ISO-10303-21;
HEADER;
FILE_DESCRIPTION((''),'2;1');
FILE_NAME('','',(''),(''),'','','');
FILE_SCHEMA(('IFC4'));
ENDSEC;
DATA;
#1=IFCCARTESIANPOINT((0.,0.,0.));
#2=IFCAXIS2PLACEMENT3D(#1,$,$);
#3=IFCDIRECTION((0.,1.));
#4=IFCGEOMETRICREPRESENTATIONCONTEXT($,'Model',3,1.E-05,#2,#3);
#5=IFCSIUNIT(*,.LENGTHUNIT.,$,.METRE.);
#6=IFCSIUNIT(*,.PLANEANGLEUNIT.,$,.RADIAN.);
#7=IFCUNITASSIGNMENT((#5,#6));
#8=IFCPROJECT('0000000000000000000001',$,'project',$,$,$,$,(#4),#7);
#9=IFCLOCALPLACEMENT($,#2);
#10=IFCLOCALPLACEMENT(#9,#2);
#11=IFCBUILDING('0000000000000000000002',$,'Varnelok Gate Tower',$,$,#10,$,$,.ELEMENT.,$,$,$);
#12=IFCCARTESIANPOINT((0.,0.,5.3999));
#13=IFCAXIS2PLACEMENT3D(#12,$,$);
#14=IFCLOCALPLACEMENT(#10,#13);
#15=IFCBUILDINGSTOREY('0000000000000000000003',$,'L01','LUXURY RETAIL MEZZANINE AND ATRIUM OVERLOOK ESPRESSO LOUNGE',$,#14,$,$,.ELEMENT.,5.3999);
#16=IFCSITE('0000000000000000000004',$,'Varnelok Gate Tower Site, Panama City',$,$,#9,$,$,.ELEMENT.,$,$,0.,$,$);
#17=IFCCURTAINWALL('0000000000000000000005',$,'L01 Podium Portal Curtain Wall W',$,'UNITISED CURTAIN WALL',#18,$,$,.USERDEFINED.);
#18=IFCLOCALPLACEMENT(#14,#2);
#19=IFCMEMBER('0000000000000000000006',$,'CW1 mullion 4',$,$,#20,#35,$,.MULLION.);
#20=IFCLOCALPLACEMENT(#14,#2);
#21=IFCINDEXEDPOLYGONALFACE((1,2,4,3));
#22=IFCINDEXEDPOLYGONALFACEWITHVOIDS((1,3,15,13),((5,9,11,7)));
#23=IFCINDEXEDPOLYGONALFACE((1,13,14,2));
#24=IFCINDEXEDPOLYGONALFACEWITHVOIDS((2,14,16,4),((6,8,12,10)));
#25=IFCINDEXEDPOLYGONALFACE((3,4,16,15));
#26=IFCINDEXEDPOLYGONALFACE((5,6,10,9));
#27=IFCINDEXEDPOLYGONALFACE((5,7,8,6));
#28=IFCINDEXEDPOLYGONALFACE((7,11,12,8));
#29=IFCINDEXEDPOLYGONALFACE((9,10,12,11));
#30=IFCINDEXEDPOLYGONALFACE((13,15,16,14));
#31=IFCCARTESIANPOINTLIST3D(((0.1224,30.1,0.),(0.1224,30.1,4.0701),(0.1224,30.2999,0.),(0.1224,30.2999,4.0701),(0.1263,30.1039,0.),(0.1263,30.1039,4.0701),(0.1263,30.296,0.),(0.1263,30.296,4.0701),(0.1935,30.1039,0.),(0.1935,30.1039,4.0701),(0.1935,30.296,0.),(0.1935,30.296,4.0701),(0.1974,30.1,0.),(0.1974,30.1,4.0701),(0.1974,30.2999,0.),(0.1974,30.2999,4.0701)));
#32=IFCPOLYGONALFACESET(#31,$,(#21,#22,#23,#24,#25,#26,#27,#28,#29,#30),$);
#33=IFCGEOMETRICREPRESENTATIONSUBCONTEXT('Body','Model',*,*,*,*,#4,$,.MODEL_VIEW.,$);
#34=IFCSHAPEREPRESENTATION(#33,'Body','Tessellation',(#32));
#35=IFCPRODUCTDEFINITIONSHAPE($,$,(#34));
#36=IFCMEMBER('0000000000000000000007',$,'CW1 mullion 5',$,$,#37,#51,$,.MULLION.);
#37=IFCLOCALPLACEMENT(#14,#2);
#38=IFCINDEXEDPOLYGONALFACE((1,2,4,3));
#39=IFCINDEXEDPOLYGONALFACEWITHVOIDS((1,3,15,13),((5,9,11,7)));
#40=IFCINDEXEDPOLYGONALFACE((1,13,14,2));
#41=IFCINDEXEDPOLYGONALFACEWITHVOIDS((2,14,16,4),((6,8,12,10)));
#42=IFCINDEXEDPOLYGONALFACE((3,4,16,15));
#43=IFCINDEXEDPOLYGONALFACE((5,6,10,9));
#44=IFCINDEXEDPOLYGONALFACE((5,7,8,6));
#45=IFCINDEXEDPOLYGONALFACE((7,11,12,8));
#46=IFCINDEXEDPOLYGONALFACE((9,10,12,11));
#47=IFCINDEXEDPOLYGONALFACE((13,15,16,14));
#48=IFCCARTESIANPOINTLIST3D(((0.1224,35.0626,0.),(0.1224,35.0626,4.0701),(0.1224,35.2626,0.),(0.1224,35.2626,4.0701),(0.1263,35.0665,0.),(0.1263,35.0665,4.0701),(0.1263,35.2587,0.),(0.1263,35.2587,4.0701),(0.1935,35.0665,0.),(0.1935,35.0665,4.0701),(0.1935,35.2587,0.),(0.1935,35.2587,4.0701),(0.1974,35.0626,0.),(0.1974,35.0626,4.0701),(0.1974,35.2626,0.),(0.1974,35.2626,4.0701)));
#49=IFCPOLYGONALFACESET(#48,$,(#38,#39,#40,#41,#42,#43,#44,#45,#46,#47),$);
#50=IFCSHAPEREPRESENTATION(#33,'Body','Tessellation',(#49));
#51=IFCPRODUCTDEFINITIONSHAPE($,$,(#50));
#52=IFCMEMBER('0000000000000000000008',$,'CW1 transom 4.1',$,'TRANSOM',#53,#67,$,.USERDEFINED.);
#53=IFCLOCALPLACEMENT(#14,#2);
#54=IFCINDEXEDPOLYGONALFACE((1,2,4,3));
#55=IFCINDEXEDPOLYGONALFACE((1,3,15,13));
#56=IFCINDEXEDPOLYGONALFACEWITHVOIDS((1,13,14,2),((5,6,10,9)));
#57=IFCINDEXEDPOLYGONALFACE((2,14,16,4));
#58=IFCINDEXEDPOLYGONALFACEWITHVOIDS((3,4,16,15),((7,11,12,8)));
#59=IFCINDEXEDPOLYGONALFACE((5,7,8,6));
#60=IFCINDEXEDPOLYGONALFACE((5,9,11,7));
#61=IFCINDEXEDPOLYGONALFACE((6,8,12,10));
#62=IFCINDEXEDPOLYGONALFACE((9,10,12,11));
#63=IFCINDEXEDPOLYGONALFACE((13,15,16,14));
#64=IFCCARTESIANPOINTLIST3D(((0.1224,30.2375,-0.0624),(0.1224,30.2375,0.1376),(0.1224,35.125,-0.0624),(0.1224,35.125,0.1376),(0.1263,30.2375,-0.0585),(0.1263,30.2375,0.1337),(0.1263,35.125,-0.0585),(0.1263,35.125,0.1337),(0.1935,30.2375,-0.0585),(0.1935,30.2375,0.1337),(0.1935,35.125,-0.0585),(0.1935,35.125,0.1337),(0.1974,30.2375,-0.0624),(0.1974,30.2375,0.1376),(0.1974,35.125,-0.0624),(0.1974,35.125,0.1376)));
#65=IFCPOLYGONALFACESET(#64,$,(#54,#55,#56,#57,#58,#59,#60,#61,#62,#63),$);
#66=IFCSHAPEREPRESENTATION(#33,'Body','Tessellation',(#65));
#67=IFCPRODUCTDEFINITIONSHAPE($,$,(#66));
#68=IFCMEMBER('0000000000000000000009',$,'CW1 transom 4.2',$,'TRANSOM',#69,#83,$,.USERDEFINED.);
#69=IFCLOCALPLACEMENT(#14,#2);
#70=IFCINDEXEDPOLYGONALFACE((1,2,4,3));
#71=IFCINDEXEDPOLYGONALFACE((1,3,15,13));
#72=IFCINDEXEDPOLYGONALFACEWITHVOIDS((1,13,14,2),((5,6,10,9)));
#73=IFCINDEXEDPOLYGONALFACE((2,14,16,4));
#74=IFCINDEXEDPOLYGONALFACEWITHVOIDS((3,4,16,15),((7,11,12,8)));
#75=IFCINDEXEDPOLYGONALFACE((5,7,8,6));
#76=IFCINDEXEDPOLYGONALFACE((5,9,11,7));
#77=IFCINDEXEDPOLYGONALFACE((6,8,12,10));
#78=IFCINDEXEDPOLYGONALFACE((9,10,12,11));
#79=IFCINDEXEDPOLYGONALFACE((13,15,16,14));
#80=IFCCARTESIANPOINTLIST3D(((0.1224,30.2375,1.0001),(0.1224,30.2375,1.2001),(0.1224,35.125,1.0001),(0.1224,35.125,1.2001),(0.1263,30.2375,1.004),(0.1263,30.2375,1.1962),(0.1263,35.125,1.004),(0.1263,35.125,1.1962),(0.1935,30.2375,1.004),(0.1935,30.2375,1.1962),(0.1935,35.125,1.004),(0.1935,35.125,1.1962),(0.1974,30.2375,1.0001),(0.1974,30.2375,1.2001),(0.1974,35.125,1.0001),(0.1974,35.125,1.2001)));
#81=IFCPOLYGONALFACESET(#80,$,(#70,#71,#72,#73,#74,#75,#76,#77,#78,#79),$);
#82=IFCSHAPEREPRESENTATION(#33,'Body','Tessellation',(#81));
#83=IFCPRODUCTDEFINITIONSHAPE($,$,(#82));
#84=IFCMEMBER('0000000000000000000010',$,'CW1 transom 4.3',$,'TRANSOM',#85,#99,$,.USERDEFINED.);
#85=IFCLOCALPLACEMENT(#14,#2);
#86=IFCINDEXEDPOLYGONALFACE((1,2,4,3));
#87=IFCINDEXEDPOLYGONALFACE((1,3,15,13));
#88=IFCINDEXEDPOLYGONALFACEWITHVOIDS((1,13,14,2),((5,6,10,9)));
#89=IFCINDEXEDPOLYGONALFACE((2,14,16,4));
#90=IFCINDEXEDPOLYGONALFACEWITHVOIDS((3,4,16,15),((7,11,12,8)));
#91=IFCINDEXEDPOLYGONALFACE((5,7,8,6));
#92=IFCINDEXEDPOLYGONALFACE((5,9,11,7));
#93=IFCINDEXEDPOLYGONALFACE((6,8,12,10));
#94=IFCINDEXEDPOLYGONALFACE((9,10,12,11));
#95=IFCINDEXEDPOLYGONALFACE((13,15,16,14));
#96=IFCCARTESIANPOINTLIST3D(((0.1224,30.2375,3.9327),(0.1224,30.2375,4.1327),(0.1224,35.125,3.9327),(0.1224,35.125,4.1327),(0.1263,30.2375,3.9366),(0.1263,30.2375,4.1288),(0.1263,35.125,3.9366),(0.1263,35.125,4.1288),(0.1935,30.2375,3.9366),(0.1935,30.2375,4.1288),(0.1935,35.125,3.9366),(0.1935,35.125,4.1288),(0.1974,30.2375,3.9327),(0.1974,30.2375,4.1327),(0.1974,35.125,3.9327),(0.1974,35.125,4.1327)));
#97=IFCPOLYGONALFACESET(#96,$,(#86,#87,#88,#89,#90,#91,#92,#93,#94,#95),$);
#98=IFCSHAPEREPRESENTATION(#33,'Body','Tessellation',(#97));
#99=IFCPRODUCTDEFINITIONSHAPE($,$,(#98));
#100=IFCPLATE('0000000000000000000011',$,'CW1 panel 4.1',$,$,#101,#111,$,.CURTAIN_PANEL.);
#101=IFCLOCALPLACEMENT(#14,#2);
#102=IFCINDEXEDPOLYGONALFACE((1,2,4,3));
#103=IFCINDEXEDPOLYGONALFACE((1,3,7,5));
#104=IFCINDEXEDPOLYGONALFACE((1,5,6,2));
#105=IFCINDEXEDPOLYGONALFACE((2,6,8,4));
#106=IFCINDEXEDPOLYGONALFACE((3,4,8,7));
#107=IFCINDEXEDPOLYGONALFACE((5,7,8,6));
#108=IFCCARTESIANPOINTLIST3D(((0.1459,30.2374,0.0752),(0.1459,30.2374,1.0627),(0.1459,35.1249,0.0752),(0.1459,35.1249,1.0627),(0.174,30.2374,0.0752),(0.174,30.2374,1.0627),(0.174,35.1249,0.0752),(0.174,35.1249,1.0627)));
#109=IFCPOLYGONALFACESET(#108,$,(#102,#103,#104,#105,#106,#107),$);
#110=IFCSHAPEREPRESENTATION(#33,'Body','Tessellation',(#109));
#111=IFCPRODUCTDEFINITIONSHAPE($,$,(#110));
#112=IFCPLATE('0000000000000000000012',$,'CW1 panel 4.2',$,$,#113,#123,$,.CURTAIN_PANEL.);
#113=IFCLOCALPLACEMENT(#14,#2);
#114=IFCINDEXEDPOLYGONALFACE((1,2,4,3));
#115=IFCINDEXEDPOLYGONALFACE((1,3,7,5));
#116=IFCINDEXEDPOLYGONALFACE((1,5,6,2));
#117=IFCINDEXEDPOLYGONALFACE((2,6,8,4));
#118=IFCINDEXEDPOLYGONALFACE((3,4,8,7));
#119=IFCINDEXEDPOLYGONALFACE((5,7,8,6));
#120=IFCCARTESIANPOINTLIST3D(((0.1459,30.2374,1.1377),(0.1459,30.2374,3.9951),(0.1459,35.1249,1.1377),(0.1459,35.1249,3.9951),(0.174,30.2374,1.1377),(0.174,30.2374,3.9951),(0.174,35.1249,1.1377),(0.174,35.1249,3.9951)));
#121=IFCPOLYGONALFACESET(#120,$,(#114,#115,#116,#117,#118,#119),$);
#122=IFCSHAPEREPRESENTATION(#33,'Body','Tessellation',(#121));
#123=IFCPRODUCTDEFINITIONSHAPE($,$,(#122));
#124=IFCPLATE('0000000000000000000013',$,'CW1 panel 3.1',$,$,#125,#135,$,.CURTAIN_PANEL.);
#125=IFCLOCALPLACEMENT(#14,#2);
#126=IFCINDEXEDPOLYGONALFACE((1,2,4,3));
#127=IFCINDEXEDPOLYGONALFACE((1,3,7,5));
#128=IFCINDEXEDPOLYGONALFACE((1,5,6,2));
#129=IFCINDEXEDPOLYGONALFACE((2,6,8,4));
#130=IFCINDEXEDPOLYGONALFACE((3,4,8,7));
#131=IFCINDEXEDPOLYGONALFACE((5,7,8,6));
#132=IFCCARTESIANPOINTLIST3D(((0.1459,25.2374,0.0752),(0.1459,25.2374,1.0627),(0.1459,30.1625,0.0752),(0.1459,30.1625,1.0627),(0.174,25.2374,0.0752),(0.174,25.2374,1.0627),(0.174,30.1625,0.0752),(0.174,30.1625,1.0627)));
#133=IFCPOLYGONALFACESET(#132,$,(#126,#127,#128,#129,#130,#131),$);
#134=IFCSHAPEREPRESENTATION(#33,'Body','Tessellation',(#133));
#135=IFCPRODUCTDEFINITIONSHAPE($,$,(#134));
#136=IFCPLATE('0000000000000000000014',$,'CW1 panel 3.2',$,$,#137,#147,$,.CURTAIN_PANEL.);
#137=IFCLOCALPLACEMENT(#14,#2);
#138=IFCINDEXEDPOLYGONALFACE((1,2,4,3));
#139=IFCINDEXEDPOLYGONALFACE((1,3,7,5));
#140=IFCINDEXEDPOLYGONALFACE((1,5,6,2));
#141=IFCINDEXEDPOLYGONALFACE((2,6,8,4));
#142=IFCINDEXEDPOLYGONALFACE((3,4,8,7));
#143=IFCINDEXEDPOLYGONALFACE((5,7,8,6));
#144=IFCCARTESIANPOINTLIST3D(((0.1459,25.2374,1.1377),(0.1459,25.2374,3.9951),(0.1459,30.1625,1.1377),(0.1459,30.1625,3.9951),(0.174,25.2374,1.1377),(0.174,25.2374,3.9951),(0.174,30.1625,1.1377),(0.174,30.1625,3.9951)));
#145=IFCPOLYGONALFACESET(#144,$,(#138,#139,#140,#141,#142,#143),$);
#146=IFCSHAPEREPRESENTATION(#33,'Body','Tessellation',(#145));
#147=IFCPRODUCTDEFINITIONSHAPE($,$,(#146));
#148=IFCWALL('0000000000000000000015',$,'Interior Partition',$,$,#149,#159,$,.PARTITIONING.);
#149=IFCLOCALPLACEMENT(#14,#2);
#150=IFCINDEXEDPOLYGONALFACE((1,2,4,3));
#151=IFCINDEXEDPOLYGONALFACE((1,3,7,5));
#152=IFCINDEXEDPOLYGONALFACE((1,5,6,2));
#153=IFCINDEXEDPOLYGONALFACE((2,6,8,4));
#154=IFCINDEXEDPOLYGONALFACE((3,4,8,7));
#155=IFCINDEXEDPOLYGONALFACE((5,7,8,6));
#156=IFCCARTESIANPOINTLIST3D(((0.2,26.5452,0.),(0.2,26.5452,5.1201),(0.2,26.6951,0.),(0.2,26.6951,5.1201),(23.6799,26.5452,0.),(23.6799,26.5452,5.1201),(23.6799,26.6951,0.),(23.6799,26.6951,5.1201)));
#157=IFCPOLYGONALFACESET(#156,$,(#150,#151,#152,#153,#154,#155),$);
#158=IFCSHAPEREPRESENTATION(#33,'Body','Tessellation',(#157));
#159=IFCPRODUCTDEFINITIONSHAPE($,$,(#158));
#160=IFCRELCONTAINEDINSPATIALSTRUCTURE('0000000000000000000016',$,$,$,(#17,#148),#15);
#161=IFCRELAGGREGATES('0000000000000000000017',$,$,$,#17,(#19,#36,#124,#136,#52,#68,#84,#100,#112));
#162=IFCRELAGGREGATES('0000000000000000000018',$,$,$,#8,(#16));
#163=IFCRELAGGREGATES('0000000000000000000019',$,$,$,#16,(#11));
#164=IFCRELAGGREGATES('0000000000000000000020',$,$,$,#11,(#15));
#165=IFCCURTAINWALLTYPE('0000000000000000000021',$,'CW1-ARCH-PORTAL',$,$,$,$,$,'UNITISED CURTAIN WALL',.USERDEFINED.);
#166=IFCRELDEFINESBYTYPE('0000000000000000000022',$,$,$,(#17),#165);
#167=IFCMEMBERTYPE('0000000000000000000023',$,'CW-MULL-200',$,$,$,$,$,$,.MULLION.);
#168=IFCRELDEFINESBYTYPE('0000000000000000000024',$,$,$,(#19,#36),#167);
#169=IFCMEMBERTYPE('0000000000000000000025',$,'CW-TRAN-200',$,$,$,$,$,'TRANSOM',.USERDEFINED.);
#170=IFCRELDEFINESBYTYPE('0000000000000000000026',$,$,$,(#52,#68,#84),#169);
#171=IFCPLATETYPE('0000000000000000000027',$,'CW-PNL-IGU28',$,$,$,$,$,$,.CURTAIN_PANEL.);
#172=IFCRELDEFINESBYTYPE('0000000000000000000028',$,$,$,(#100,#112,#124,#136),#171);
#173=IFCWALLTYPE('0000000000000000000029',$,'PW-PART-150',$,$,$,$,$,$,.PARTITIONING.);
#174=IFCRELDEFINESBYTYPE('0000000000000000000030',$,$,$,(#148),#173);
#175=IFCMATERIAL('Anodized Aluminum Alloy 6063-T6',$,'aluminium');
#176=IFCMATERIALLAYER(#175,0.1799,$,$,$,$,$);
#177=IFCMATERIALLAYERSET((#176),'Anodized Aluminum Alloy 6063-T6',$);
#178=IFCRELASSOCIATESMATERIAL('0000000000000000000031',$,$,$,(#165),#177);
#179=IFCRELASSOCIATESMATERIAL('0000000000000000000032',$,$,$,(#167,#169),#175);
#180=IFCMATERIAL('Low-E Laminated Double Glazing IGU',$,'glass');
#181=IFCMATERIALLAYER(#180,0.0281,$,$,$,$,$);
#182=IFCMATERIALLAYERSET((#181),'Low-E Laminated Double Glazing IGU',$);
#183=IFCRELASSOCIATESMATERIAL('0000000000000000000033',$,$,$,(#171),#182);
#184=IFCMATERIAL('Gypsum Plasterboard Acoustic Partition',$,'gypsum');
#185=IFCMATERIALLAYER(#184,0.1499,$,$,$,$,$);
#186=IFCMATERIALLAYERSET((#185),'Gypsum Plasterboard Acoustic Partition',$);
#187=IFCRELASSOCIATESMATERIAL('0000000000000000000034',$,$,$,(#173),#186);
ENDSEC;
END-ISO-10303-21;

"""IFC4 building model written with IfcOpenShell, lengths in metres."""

from ifc_helpers import new_model, si_unit, direction, frame, frame_2d, origin, origin_2d, place, context, subcontext, project, spatial, rectangle, hollow_rectangle, extrude, source, transform, mapped, material, layer, layer_set, material_profile, profile_set, type_object, element, aggregate, save


model = new_model("IFC4")

# Units and contexts
model_context = context("Model", 3, precision=1e-05, world=origin(), true_north=direction((0.0, 1.0)))
body_context = subcontext(model_context, "Body", "Model", "MODEL_VIEW")
ifc_project = project(units=[si_unit("LENGTHUNIT", "METRE"), si_unit("PLANEANGLEUNIT", "RADIAN")], contexts=[model_context])

# Site, building, storey
site_placement = place(None, origin())
site = spatial("IfcSite", under=ifc_project, at=site_placement, Name="Varnelok Gate Tower Site, Panama City", CompositionType="ELEMENT", RefElevation=0.0)
building_placement = place(site_placement, origin())
building = spatial("IfcBuilding", under=site, at=building_placement, Name="Varnelok Gate Tower", CompositionType="ELEMENT")
storey_placement = place(building_placement, frame((0.0, 0.0, 5.3999)))
storey = spatial("IfcBuildingStorey", under=building, at=storey_placement, Name="L01", Description="LUXURY RETAIL MEZZANINE AND ATRIUM OVERLOOK ESPRESSO LOUNGE", CompositionType="ELEMENT", Elevation=5.3999)

# Curtain wall, members, plates
ifc_material_1 = material(Name="Anodized Aluminum Alloy 6063-T6", Category="aluminium")
ifc_layer_1 = layer(ifc_material_1, 0.1799)
ifc_layer_set_1 = layer_set([ifc_layer_1], Name="Anodized Aluminum Alloy 6063-T6")
curtain_wall_type = type_object("IfcCurtainWallType", Name="CW1-ARCH-PORTAL", ElementType="UNITISED CURTAIN WALL", PredefinedType="USERDEFINED", material=ifc_layer_set_1)
curtain_wall_placement = place(storey_placement, origin())
curtain_wall = element("IfcCurtainWall", 1, at=curtain_wall_placement, inside=storey, type_object=curtain_wall_type, Name="L01 Podium Portal Curtain Wall W", ObjectType="UNITISED CURTAIN WALL", PredefinedType="USERDEFINED")
ifc_material_profile_1 = material_profile(ifc_material_1, hollow_rectangle(XDim=0.075, YDim=0.2, WallThickness=0.0039, at=origin_2d()), Name="ALU200X75X4")
ifc_profile_set_1 = profile_set([ifc_material_profile_1], Name="Anodized Aluminum Alloy 6063-T6")
member_type_1 = type_object("IfcMemberType", Name="CW-MULL-200", PredefinedType="MULLION", material=ifc_profile_set_1)
member_1_placement = place(storey_placement, frame((0.1599, 30.2, 0.0), z_axis=(0.0, 0.0, 1.0), x_axis=(-1.0, 0.0, 0.0)))
member_1 = element("IfcMember", 2, at=member_1_placement, type_object=member_type_1, Name="CW1 mullion 4", PredefinedType="MULLION", context=body_context, shape_type="SweptSolid", body=[
    extrude(hollow_rectangle(XDim=0.075, YDim=0.2, WallThickness=0.0039, at=origin_2d()), origin(), (0.0, 0.0, 1.0), 4.0701),
])
member_2_placement = place(storey_placement, frame((0.1599, 35.1626, 0.0), z_axis=(0.0, 0.0, 1.0), x_axis=(-1.0, 0.0, 0.0)))
member_2 = element("IfcMember", 3, at=member_2_placement, type_object=member_type_1, Name="CW1 mullion 5", PredefinedType="MULLION", context=body_context, shape_type="SweptSolid", body=[
    extrude(hollow_rectangle(XDim=0.075, YDim=0.2, WallThickness=0.0039, at=origin_2d()), origin(), (0.0, 0.0, 1.0), 4.0701),
])
ifc_material_profile_2 = material_profile(ifc_material_1, hollow_rectangle(XDim=0.075, YDim=0.2, WallThickness=0.0039, at=origin_2d()), Name="ALU200X75X4")
ifc_profile_set_2 = profile_set([ifc_material_profile_2], Name="Anodized Aluminum Alloy 6063-T6")
member_type_2 = type_object("IfcMemberType", Name="CW-TRAN-200", ElementType="TRANSOM", PredefinedType="USERDEFINED", material=ifc_profile_set_2)
member_3_placement = place(storey_placement, frame((0.1599, 30.2375, 0.0376), z_axis=(0.0, 1.0, 0.0), x_axis=(-1.0, 0.0, 0.0)))
member_3 = element("IfcMember", 4, at=member_3_placement, type_object=member_type_2, Name="CW1 transom 4.1", ObjectType="TRANSOM", PredefinedType="USERDEFINED", context=body_context, shape_type="SweptSolid", body=[
    extrude(hollow_rectangle(XDim=0.075, YDim=0.2, WallThickness=0.0039, at=origin_2d()), origin(), (0.0, 0.0, 1.0), 4.8875),
])
member_4_placement = place(storey_placement, frame((0.1599, 30.2375, 1.1001), z_axis=(0.0, 1.0, 0.0), x_axis=(-1.0, 0.0, 0.0)))
member_4 = element("IfcMember", 5, at=member_4_placement, type_object=member_type_2, Name="CW1 transom 4.2", ObjectType="TRANSOM", PredefinedType="USERDEFINED", context=body_context, shape_type="SweptSolid", body=[
    extrude(hollow_rectangle(XDim=0.075, YDim=0.2, WallThickness=0.0039, at=origin_2d()), origin(), (0.0, 0.0, 1.0), 4.8875),
])
member_5_placement = place(storey_placement, frame((0.1599, 30.2375, 4.0327), z_axis=(0.0, 1.0, 0.0), x_axis=(-1.0, 0.0, 0.0)))
member_5 = element("IfcMember", 6, at=member_5_placement, type_object=member_type_2, Name="CW1 transom 4.3", ObjectType="TRANSOM", PredefinedType="USERDEFINED", context=body_context, shape_type="SweptSolid", body=[
    extrude(hollow_rectangle(XDim=0.075, YDim=0.2, WallThickness=0.0039, at=origin_2d()), origin(), (0.0, 0.0, 1.0), 4.8875),
])
ifc_material_2 = material(Name="Low-E Laminated Double Glazing IGU", Category="glass")
ifc_layer_2 = layer(ifc_material_2, 0.0281)
ifc_layer_set_2 = layer_set([ifc_layer_2], Name="Low-E Laminated Double Glazing IGU")
plate_type = type_object("IfcPlateType", Name="CW-PNL-IGU28", PredefinedType="CURTAIN_PANEL", material=ifc_layer_set_2)
shared_shape_1 = source(origin(), body_context, "Body", "SweptSolid", [
    extrude(rectangle(XDim=4.8875, YDim=0.0281, at=origin_2d()), origin(), (0.0, 0.0, 1.0), 0.9875),
])
plate_1_placement = place(storey_placement, frame((0.1599, 32.6812, 0.0752), z_axis=(0.0, 0.0, 1.0), x_axis=(0.0, 1.0, 0.0)))
plate_1 = element("IfcPlate", 7, at=plate_1_placement, type_object=plate_type, Name="CW1 panel 4.1", PredefinedType="CURTAIN_PANEL", context=body_context, shape_type="MappedRepresentation", body=[
    mapped(shared_shape_1, transform((0.0, 0.0, 0.0), scale=1.0)),
])
shared_shape_2 = source(origin(), body_context, "Body", "SweptSolid", [
    extrude(rectangle(XDim=4.8875, YDim=0.0281, at=origin_2d()), origin(), (0.0, 0.0, 1.0), 2.8574),
])
plate_2_placement = place(storey_placement, frame((0.1599, 32.6812, 1.1377), z_axis=(0.0, 0.0, 1.0), x_axis=(0.0, 1.0, 0.0)))
plate_2 = element("IfcPlate", 8, at=plate_2_placement, type_object=plate_type, Name="CW1 panel 4.2", PredefinedType="CURTAIN_PANEL", context=body_context, shape_type="MappedRepresentation", body=[
    mapped(shared_shape_2, transform((0.0, 0.0, 0.0), scale=1.0)),
])
shared_shape_3 = source(origin(), body_context, "Body", "SweptSolid", [
    extrude(rectangle(XDim=4.925, YDim=0.0281, at=origin_2d()), origin(), (0.0, 0.0, 1.0), 0.9875),
])
plate_3_placement = place(storey_placement, frame((0.1599, 27.7, 0.0752), z_axis=(0.0, 0.0, 1.0), x_axis=(0.0, 1.0, 0.0)))
plate_3 = element("IfcPlate", 9, at=plate_3_placement, type_object=plate_type, Name="CW1 panel 3.1", PredefinedType="CURTAIN_PANEL", context=body_context, shape_type="MappedRepresentation", body=[
    mapped(shared_shape_3, transform((0.0, 0.0, 0.0), scale=1.0)),
])
shared_shape_4 = source(origin(), body_context, "Body", "SweptSolid", [
    extrude(rectangle(XDim=4.925, YDim=0.0281, at=origin_2d()), origin(), (0.0, 0.0, 1.0), 2.8574),
])
plate_4_placement = place(storey_placement, frame((0.1599, 27.7, 1.1377), z_axis=(0.0, 0.0, 1.0), x_axis=(0.0, 1.0, 0.0)))
plate_4 = element("IfcPlate", 10, at=plate_4_placement, type_object=plate_type, Name="CW1 panel 3.2", PredefinedType="CURTAIN_PANEL", context=body_context, shape_type="MappedRepresentation", body=[
    mapped(shared_shape_4, transform((0.0, 0.0, 0.0), scale=1.0)),
])
aggregate(curtain_wall, [member_1, member_2, plate_3, plate_4, member_3, member_4, member_5, plate_1, plate_2])

# Wall
ifc_material_3 = material(Name="Gypsum Plasterboard Acoustic Partition", Category="gypsum")
ifc_layer_3 = layer(ifc_material_3, 0.1499)
ifc_layer_set_3 = layer_set([ifc_layer_3], Name="Gypsum Plasterboard Acoustic Partition")
wall_type_1 = type_object("IfcWallType", Name="PW-PART-150", PredefinedType="PARTITIONING", material=ifc_layer_set_3)
wall_1_placement = place(storey_placement, frame((0.2, 26.6201, 0.0), z_axis=(0.0, 0.0, 1.0), x_axis=(1.0, 0.0, 0.0)))
element("IfcWall", 11, at=wall_1_placement, inside=storey, type_object=wall_type_1, Name="Interior Partition", PredefinedType="PARTITIONING", context=body_context, shape_type="SweptSolid", body=[
    extrude(rectangle(XDim=23.48, YDim=0.1499, at=frame_2d((11.74, 0.0))), origin(), (0.0, 0.0, 1.0), 5.1201),
])

save(model, "model.ifc")
